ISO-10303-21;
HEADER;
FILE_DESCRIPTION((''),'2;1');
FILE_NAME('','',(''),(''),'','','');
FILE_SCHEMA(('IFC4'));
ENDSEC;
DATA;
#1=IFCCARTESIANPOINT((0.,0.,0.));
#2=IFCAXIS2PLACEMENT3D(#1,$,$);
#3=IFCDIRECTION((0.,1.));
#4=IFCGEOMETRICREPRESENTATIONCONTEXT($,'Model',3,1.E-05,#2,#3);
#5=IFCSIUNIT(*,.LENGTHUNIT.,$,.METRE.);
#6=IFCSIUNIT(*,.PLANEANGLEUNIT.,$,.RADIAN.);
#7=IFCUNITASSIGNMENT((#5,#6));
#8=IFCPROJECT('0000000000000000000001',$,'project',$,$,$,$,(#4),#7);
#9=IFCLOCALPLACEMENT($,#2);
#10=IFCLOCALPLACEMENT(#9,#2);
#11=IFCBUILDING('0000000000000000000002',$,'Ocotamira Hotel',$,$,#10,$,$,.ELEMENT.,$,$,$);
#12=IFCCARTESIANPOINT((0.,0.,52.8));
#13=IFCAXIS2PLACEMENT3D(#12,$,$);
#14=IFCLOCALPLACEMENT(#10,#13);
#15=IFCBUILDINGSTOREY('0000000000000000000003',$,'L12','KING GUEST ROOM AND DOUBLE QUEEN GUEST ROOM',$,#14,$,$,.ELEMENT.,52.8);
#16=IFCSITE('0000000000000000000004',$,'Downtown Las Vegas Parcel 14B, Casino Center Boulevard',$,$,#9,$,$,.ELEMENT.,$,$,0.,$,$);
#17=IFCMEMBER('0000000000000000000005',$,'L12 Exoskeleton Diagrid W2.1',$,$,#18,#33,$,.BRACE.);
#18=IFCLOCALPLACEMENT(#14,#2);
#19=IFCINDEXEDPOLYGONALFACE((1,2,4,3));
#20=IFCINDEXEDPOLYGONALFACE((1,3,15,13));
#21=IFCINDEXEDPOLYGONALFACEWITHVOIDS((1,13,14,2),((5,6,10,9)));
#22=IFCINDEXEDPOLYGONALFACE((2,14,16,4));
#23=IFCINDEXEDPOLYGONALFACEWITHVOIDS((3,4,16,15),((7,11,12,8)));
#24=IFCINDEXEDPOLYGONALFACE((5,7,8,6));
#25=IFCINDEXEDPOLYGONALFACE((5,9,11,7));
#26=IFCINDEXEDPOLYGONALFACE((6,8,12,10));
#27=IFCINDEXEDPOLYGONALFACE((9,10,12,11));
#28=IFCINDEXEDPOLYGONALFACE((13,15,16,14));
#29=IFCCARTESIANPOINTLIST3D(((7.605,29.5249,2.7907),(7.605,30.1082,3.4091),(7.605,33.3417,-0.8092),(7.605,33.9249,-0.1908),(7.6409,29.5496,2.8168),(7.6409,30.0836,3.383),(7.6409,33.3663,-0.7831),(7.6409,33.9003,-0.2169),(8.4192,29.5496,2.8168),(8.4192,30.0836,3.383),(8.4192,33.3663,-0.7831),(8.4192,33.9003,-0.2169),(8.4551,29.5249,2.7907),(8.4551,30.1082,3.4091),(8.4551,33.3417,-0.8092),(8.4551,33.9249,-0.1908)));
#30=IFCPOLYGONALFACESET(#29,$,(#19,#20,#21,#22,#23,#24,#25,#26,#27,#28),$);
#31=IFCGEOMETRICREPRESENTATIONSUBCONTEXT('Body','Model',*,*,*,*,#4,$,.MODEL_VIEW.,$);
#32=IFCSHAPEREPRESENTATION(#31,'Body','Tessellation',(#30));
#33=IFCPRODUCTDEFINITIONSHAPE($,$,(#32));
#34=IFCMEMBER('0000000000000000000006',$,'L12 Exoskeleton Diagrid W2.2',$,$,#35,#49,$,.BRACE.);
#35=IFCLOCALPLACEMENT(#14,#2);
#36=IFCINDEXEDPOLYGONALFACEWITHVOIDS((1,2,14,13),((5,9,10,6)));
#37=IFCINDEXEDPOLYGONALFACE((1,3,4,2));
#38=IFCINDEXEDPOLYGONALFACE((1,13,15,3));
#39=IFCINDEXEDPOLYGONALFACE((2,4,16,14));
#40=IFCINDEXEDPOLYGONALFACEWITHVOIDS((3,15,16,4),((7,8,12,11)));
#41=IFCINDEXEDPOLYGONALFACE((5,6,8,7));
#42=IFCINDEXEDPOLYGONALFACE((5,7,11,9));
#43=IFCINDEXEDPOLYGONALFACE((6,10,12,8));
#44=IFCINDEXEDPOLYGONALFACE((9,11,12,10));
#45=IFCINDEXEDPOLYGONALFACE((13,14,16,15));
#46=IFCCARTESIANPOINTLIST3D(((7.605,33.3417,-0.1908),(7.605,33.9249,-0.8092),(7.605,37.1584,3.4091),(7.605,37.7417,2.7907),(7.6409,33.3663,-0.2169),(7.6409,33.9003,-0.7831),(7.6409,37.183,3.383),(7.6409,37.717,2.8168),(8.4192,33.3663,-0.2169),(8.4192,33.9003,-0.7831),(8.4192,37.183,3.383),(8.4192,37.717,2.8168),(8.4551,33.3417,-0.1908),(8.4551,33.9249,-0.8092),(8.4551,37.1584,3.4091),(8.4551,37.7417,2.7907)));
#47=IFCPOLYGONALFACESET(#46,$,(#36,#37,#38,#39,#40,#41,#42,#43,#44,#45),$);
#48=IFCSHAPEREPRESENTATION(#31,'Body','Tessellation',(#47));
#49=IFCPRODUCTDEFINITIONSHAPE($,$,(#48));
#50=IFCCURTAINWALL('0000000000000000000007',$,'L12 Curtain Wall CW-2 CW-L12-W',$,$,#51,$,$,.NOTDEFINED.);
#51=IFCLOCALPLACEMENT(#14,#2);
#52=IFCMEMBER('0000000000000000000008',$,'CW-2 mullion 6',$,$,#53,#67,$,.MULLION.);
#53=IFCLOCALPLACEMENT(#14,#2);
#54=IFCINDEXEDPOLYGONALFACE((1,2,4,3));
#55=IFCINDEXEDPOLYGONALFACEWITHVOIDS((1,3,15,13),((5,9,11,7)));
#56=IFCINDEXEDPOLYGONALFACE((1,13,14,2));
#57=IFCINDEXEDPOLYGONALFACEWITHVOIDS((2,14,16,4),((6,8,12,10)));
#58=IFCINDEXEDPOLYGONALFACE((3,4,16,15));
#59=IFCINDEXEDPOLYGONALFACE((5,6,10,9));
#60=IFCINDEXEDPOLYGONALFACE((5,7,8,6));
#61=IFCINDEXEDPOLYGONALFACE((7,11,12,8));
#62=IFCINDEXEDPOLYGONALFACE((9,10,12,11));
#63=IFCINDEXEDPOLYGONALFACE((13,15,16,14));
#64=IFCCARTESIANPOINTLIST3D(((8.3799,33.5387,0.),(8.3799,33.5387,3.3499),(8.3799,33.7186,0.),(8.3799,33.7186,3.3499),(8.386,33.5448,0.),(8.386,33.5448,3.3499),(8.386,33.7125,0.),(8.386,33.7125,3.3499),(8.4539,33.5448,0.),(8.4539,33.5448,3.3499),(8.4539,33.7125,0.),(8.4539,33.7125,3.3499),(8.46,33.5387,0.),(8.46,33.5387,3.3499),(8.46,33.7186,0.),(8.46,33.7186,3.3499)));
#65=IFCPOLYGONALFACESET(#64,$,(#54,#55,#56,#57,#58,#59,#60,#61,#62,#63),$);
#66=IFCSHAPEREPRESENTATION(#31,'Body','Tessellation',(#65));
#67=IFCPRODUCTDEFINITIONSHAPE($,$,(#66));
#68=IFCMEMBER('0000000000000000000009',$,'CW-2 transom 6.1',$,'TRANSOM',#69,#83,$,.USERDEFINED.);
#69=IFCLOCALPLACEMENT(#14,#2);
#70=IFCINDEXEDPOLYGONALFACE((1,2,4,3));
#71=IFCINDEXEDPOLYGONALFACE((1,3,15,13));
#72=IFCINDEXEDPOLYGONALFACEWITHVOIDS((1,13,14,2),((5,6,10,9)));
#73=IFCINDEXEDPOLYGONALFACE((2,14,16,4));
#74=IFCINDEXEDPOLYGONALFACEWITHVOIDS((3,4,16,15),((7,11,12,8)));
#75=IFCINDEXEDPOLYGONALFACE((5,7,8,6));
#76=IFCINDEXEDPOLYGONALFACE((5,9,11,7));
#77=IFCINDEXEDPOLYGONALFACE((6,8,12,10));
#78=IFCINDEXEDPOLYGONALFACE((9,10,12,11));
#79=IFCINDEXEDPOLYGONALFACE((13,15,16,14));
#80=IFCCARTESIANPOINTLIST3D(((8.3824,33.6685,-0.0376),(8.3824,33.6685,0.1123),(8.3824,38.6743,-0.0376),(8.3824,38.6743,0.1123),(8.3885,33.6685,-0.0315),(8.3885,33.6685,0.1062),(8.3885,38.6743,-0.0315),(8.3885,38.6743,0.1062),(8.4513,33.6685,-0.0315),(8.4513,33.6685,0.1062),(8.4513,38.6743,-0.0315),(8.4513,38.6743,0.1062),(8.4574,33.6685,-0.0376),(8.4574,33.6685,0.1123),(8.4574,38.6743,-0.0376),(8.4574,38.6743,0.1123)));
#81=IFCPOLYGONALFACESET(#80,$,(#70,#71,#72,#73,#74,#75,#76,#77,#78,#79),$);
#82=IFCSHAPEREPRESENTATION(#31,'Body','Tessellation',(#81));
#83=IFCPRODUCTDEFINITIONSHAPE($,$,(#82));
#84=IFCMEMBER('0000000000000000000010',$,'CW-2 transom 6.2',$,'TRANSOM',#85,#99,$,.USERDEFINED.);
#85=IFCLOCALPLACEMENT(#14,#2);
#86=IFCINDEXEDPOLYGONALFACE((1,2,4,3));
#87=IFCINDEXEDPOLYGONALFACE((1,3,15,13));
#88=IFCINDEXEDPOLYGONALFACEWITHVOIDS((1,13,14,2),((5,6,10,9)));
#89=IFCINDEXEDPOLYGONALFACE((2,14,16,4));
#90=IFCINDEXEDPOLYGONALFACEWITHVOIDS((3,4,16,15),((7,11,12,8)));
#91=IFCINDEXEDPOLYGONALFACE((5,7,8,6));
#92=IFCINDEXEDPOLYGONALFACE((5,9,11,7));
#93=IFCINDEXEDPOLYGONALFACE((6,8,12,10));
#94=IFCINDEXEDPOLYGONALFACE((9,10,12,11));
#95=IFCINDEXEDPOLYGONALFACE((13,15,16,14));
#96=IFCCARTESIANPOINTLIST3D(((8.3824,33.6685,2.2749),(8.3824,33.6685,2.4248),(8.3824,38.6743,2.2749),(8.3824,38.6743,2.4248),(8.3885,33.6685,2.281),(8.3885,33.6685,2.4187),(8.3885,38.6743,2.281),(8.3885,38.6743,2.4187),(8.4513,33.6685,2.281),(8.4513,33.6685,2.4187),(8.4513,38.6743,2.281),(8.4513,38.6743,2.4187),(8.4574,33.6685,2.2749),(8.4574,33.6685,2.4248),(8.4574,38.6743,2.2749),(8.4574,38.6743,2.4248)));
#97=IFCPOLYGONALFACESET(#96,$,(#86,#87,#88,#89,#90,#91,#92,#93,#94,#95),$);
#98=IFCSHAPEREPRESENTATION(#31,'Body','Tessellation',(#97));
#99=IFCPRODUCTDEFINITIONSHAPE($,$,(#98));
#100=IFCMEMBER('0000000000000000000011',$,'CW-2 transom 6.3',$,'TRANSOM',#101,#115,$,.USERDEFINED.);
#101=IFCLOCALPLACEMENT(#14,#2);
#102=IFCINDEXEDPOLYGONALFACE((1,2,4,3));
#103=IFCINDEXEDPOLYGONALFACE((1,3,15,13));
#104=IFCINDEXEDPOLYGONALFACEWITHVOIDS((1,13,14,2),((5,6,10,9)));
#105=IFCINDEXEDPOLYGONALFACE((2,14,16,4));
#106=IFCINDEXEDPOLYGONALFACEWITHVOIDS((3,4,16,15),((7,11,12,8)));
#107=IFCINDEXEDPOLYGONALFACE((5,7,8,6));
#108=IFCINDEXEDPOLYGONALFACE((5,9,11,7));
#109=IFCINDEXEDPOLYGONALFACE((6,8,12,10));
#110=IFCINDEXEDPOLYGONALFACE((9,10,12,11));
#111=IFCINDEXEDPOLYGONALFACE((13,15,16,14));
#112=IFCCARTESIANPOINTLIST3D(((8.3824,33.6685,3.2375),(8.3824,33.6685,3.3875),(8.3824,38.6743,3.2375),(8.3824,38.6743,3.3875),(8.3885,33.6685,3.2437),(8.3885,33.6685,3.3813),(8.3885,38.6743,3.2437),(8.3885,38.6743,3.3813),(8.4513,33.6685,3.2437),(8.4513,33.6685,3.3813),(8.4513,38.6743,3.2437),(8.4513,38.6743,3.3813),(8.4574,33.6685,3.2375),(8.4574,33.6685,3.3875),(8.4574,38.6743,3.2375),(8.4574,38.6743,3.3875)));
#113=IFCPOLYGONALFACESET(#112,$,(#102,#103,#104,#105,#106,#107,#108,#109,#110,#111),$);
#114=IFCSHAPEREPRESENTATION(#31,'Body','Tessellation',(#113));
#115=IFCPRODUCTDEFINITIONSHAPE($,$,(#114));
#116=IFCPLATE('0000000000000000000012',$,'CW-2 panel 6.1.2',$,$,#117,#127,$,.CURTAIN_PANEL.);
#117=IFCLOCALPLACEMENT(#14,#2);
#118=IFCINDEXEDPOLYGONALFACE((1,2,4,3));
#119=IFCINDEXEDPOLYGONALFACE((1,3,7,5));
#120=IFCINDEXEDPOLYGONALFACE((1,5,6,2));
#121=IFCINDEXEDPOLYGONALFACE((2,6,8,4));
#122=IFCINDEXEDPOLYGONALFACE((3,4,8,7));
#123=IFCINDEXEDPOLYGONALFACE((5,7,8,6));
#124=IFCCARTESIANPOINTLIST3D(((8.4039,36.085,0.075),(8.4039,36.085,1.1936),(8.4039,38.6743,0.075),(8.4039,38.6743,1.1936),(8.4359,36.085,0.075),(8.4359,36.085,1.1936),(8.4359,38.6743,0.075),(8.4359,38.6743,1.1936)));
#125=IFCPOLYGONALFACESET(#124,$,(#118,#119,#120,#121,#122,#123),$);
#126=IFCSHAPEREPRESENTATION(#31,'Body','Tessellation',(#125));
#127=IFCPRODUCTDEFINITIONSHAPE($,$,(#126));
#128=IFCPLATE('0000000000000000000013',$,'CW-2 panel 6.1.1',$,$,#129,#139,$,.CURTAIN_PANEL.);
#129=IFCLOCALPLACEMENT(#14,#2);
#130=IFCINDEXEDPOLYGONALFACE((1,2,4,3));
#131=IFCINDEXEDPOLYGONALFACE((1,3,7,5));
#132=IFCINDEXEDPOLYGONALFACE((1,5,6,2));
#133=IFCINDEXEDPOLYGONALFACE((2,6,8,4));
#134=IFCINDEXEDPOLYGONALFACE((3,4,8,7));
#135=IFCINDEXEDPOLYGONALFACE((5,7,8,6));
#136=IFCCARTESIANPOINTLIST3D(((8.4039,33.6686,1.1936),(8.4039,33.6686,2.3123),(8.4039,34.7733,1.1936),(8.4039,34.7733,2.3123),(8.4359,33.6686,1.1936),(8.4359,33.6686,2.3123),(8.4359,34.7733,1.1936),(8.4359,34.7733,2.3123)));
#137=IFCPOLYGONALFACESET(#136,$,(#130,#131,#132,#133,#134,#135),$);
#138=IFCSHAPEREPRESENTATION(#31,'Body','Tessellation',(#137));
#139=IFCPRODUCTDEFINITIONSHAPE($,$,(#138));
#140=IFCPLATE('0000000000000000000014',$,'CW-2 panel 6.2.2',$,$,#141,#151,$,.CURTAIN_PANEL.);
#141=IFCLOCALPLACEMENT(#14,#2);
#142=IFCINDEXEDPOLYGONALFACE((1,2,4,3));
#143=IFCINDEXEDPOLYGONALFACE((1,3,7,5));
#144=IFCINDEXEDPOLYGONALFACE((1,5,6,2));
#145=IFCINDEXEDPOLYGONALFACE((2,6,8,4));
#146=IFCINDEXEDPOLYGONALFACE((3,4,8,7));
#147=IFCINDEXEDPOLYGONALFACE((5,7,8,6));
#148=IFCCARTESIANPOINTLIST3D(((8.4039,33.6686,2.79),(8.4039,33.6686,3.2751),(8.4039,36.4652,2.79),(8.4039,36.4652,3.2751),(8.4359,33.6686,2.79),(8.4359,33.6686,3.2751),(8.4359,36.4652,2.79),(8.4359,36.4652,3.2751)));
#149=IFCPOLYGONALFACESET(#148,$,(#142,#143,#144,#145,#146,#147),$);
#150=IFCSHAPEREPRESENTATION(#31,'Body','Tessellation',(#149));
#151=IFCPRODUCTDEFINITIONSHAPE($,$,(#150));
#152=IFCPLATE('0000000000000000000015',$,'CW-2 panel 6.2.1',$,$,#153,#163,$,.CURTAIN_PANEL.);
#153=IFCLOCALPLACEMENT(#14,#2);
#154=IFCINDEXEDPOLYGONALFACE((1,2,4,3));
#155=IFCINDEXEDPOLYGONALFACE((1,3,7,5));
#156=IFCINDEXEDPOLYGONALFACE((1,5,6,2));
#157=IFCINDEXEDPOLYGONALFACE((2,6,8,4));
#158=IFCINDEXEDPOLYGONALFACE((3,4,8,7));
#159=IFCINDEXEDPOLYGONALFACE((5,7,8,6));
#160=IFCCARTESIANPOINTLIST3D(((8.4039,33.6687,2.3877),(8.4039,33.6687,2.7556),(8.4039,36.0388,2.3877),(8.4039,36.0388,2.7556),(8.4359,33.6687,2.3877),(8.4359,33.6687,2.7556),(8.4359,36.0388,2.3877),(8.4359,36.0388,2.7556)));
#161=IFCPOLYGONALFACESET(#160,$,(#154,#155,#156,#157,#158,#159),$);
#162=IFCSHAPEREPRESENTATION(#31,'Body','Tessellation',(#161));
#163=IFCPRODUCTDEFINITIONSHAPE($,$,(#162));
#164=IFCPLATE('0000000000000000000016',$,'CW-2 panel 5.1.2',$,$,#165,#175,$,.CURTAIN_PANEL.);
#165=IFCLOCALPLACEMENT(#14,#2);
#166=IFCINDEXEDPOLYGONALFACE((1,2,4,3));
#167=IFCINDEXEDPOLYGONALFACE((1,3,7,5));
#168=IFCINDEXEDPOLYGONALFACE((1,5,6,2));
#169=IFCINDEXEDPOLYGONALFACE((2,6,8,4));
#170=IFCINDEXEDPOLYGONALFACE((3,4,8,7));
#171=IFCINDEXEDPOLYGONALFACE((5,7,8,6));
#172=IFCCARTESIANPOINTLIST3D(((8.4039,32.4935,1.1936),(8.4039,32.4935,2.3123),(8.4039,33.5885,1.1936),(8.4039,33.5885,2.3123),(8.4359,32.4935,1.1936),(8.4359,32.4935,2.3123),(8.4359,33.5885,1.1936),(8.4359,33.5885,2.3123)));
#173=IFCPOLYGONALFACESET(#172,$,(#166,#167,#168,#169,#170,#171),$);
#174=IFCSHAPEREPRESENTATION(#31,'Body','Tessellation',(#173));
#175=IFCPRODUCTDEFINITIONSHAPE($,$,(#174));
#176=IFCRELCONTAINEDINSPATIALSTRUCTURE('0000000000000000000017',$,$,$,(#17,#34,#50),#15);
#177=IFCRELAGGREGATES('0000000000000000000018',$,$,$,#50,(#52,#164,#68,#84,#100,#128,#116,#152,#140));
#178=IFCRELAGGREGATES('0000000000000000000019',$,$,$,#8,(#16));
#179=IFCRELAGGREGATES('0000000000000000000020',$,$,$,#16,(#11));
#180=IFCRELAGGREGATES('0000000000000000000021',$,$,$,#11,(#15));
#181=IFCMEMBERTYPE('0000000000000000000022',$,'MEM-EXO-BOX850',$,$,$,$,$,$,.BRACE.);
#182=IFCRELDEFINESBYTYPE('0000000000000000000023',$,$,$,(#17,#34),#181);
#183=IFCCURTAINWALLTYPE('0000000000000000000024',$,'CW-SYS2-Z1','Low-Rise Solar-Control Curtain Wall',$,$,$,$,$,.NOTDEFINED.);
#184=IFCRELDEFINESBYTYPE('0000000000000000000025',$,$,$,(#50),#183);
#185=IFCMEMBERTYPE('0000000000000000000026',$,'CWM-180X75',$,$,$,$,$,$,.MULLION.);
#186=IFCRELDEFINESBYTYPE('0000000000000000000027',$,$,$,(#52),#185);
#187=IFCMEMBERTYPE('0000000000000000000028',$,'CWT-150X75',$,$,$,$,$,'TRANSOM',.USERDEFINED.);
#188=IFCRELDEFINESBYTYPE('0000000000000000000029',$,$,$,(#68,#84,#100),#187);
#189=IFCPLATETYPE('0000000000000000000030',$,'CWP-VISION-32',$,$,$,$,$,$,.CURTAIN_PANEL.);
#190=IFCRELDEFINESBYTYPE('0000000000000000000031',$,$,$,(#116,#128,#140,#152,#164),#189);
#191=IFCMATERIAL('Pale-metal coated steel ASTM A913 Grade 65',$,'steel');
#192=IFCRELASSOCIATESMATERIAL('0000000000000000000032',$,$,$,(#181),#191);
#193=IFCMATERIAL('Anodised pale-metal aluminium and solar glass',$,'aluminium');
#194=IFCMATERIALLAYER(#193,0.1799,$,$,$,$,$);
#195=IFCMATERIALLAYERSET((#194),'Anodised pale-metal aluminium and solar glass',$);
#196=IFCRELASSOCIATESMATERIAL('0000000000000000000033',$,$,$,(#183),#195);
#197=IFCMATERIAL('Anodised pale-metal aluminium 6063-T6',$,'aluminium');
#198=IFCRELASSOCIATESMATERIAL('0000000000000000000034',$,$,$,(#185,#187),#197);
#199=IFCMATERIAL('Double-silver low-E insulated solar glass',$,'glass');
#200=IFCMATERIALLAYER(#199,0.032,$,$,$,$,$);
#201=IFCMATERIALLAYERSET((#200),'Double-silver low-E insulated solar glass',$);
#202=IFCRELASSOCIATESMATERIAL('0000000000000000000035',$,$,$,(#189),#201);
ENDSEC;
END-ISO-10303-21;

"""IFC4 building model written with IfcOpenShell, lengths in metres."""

from ifc_helpers import new_model, si_unit, direction, frame, origin, origin_2d, place, context, subcontext, project, spatial, rectangle, hollow_rectangle, extrude, source, transform, mapped, material, layer, layer_set, material_profile, profile_set, type_object, element, aggregate, save


model = new_model("IFC4")

# Units and contexts
model_context = context("Model", 3, precision=1e-05, world=origin(), true_north=direction((0.0, 1.0)))
body_context = subcontext(model_context, "Body", "Model", "MODEL_VIEW")
ifc_project = project(units=[si_unit("LENGTHUNIT", "METRE"), si_unit("PLANEANGLEUNIT", "RADIAN")], contexts=[model_context])

# Site, building, storey
site_placement = place(None, origin())
site = spatial("IfcSite", under=ifc_project, at=site_placement, Name="Downtown Las Vegas Parcel 14B, Casino Center Boulevard", CompositionType="ELEMENT", RefElevation=0.0)
building_placement = place(site_placement, origin())
building = spatial("IfcBuilding", under=site, at=building_placement, Name="Ocotamira Hotel", CompositionType="ELEMENT")
storey_placement = place(building_placement, frame((0.0, 0.0, 52.8)))
storey = spatial("IfcBuildingStorey", under=building, at=storey_placement, Name="L12", Description="KING GUEST ROOM AND DOUBLE QUEEN GUEST ROOM", CompositionType="ELEMENT", Elevation=52.8)

# Members
ifc_material_1 = material(Name="Pale-metal coated steel ASTM A913 Grade 65", Category="steel")
ifc_material_profile_1 = material_profile(ifc_material_1, hollow_rectangle(XDim=0.8501, YDim=0.8501, WallThickness=0.0359, at=origin_2d()), Name="BOX850X850X36")
ifc_profile_set_1 = profile_set([ifc_material_profile_1], Name="Pale-metal coated steel ASTM A913 Grade 65")
member_type_1 = type_object("IfcMemberType", Name="MEM-EXO-BOX850", PredefinedType="BRACE", material=ifc_profile_set_1)
shared_shape_1 = source(origin(), body_context, "Body", "SweptSolid", [
    extrude(hollow_rectangle(XDim=0.8501, YDim=0.8501, WallThickness=0.0359, at=origin_2d()), origin(), (0.0, 0.0, 1.0), 5.2466),
])
for number, where, z_axis, x_axis, name in (
    (1, (8.03, 33.6333, -0.5), (0.0, -0.727466, 0.686144), (1.0, 0.0, 0.0), "L12 Exoskeleton Diagrid W2.1"),
    (2, (8.03, 33.6333, -0.5), (0.0, 0.727466, 0.686144), (-1.0, 0.0, 0.0), "L12 Exoskeleton Diagrid W2.2"),
):
    element("IfcMember", number, at=place(storey_placement, frame(where, z_axis=z_axis, x_axis=x_axis)), inside=storey, type_object=member_type_1, Name=name, PredefinedType="BRACE", context=body_context, shape_type="MappedRepresentation", body=[
        mapped(shared_shape_1, transform((0.0, 0.0, 0.0), scale=1.0)),
    ])

# Curtain wall, members, plates
ifc_material_2 = material(Name="Anodised pale-metal aluminium and solar glass", Category="aluminium")
ifc_layer_1 = layer(ifc_material_2, 0.1799)
ifc_layer_set_1 = layer_set([ifc_layer_1], Name="Anodised pale-metal aluminium and solar glass")
curtain_wall_type = type_object("IfcCurtainWallType", Name="CW-SYS2-Z1", Description="Low-Rise Solar-Control Curtain Wall", PredefinedType="NOTDEFINED", material=ifc_layer_set_1)
curtain_wall_placement = place(storey_placement, origin())
curtain_wall = element("IfcCurtainWall", 3, at=curtain_wall_placement, inside=storey, type_object=curtain_wall_type, Name="L12 Curtain Wall CW-2 CW-L12-W", PredefinedType="NOTDEFINED")
ifc_material_3 = material(Name="Anodised pale-metal aluminium 6063-T6", Category="aluminium")
ifc_material_profile_2 = material_profile(ifc_material_3, hollow_rectangle(XDim=0.0801, YDim=0.1799, WallThickness=0.0061, at=origin_2d()), Name="HSS180X80X6")
ifc_profile_set_2 = profile_set([ifc_material_profile_2], Name="Anodised pale-metal aluminium 6063-T6")
member_type_2 = type_object("IfcMemberType", Name="CWM-180X75", PredefinedType="MULLION", material=ifc_profile_set_2)
shared_shape_2 = source(origin(), body_context, "Body", "SweptSolid", [
    extrude(hollow_rectangle(XDim=0.0801, YDim=0.1799, WallThickness=0.0061, at=origin_2d()), origin(), (0.0, 0.0, 1.0), 3.3499),
])
member_1_placement = place(storey_placement, frame((8.4199, 33.6287, 0.0), z_axis=(0.0, 0.0, 1.0), x_axis=(-1.0, 0.0, 0.0)))
member_1 = element("IfcMember", 4, at=member_1_placement, type_object=member_type_2, Name="CW-2 mullion 6", PredefinedType="MULLION", context=body_context, shape_type="MappedRepresentation", body=[
    mapped(shared_shape_2, transform((0.0, 0.0, 0.0), scale=1.0)),
])
ifc_material_profile_3 = material_profile(ifc_material_3, hollow_rectangle(XDim=0.075, YDim=0.1499, WallThickness=0.0061, at=origin_2d()), Name="HSS150X75X6")
ifc_profile_set_3 = profile_set([ifc_material_profile_3], Name="Anodised pale-metal aluminium 6063-T6")
member_type_3 = type_object("IfcMemberType", Name="CWT-150X75", ElementType="TRANSOM", PredefinedType="USERDEFINED", material=ifc_profile_set_3)
shared_shape_3 = source(origin(), body_context, "Body", "SweptSolid", [
    extrude(hollow_rectangle(XDim=0.075, YDim=0.1499, WallThickness=0.0061, at=origin_2d()), origin(), (0.0, 0.0, 1.0), 5.0059),
])
member_2_placement = place(storey_placement, frame((8.4199, 33.6685, 0.0374), z_axis=(0.0, 1.0, 0.0), x_axis=(-1.0, 0.0, 0.0)))
member_2 = element("IfcMember", 5, at=member_2_placement, type_object=member_type_3, Name="CW-2 transom 6.1", ObjectType="TRANSOM", PredefinedType="USERDEFINED", context=body_context, shape_type="MappedRepresentation", body=[
    mapped(shared_shape_3, transform((0.0, 0.0, 0.0), scale=1.0)),
])
member_3_placement = place(storey_placement, frame((8.4199, 33.6685, 2.3499), z_axis=(0.0, 1.0, 0.0), x_axis=(-1.0, 0.0, 0.0)))
member_3 = element("IfcMember", 6, at=member_3_placement, type_object=member_type_3, Name="CW-2 transom 6.2", ObjectType="TRANSOM", PredefinedType="USERDEFINED", context=body_context, shape_type="MappedRepresentation", body=[
    mapped(shared_shape_3, transform((0.0, 0.0, 0.0), scale=1.0)),
])
member_4_placement = place(storey_placement, frame((8.4199, 33.6685, 3.3125), z_axis=(0.0, 1.0, 0.0), x_axis=(-1.0, 0.0, 0.0)))
member_4 = element("IfcMember", 7, at=member_4_placement, type_object=member_type_3, Name="CW-2 transom 6.3", ObjectType="TRANSOM", PredefinedType="USERDEFINED", context=body_context, shape_type="MappedRepresentation", body=[
    mapped(shared_shape_3, transform((0.0, 0.0, 0.0), scale=1.0)),
])
ifc_material_4 = material(Name="Double-silver low-E insulated solar glass", Category="glass")
ifc_layer_2 = layer(ifc_material_4, 0.032)
ifc_layer_set_2 = layer_set([ifc_layer_2], Name="Double-silver low-E insulated solar glass")
plate_type = type_object("IfcPlateType", Name="CWP-VISION-32", PredefinedType="CURTAIN_PANEL", material=ifc_layer_set_2)
shared_shape_4 = source(origin(), body_context, "Body", "SweptSolid", [
    extrude(rectangle(XDim=2.5894, YDim=0.032, at=origin_2d()), origin(), (0.0, 0.0, 1.0), 1.1187),
])
plate_1_placement = place(storey_placement, frame((8.4199, 37.3796, 0.075), z_axis=(0.0, 0.0, 1.0), x_axis=(0.0, 1.0, 0.0)))
plate_1 = element("IfcPlate", 8, at=plate_1_placement, type_object=plate_type, Name="CW-2 panel 6.1.2", PredefinedType="CURTAIN_PANEL", context=body_context, shape_type="MappedRepresentation", body=[
    mapped(shared_shape_4, transform((0.0, 0.0, 0.0), scale=1.0)),
])
shared_shape_5 = source(origin(), body_context, "Body", "SweptSolid", [
    extrude(rectangle(XDim=1.1047, YDim=0.032, at=origin_2d()), origin(), (0.0, 0.0, 1.0), 1.1187),
])
plate_2_placement = place(storey_placement, frame((8.4199, 34.2209, 1.1936), z_axis=(0.0, 0.0, 1.0), x_axis=(0.0, 1.0, 0.0)))
plate_2 = element("IfcPlate", 9, at=plate_2_placement, type_object=plate_type, Name="CW-2 panel 6.1.1", PredefinedType="CURTAIN_PANEL", context=body_context, shape_type="MappedRepresentation", body=[
    mapped(shared_shape_5, transform((0.0, 0.0, 0.0), scale=1.0)),
])
shared_shape_6 = source(origin(), body_context, "Body", "SweptSolid", [
    extrude(rectangle(XDim=2.7966, YDim=0.032, at=origin_2d()), origin(), (0.0, 0.0, 1.0), 0.4851),
])
plate_3_placement = place(storey_placement, frame((8.4199, 35.0669, 2.79), z_axis=(0.0, 0.0, 1.0), x_axis=(0.0, 1.0, 0.0)))
plate_3 = element("IfcPlate", 10, at=plate_3_placement, type_object=plate_type, Name="CW-2 panel 6.2.2", PredefinedType="CURTAIN_PANEL", context=body_context, shape_type="MappedRepresentation", body=[
    mapped(shared_shape_6, transform((0.0, 0.0, 0.0), scale=1.0)),
])
shared_shape_7 = source(origin(), body_context, "Body", "SweptSolid", [
    extrude(rectangle(XDim=2.3701, YDim=0.032, at=origin_2d()), origin(), (0.0, 0.0, 1.0), 0.3679),
])
plate_4_placement = place(storey_placement, frame((8.4199, 34.8538, 2.3877), z_axis=(0.0, 0.0, 1.0), x_axis=(0.0, 1.0, 0.0)))
plate_4 = element("IfcPlate", 11, at=plate_4_placement, type_object=plate_type, Name="CW-2 panel 6.2.1", PredefinedType="CURTAIN_PANEL", context=body_context, shape_type="MappedRepresentation", body=[
    mapped(shared_shape_7, transform((0.0, 0.0, 0.0), scale=1.0)),
])
shared_shape_8 = source(origin(), body_context, "Body", "SweptSolid", [
    extrude(rectangle(XDim=1.095, YDim=0.032, at=origin_2d()), origin(), (0.0, 0.0, 1.0), 1.1187),
])
plate_5_placement = place(storey_placement, frame((8.4199, 33.041, 1.1936), z_axis=(0.0, 0.0, 1.0), x_axis=(0.0, 1.0, 0.0)))
plate_5 = element("IfcPlate", 12, at=plate_5_placement, type_object=plate_type, Name="CW-2 panel 5.1.2", PredefinedType="CURTAIN_PANEL", context=body_context, shape_type="MappedRepresentation", body=[
    mapped(shared_shape_8, transform((0.0, 0.0, 0.0), scale=1.0)),
])
aggregate(curtain_wall, [member_1, plate_5, member_2, member_3, member_4, plate_2, plate_1, plate_4, plate_3])

save(model, "model.ifc")
